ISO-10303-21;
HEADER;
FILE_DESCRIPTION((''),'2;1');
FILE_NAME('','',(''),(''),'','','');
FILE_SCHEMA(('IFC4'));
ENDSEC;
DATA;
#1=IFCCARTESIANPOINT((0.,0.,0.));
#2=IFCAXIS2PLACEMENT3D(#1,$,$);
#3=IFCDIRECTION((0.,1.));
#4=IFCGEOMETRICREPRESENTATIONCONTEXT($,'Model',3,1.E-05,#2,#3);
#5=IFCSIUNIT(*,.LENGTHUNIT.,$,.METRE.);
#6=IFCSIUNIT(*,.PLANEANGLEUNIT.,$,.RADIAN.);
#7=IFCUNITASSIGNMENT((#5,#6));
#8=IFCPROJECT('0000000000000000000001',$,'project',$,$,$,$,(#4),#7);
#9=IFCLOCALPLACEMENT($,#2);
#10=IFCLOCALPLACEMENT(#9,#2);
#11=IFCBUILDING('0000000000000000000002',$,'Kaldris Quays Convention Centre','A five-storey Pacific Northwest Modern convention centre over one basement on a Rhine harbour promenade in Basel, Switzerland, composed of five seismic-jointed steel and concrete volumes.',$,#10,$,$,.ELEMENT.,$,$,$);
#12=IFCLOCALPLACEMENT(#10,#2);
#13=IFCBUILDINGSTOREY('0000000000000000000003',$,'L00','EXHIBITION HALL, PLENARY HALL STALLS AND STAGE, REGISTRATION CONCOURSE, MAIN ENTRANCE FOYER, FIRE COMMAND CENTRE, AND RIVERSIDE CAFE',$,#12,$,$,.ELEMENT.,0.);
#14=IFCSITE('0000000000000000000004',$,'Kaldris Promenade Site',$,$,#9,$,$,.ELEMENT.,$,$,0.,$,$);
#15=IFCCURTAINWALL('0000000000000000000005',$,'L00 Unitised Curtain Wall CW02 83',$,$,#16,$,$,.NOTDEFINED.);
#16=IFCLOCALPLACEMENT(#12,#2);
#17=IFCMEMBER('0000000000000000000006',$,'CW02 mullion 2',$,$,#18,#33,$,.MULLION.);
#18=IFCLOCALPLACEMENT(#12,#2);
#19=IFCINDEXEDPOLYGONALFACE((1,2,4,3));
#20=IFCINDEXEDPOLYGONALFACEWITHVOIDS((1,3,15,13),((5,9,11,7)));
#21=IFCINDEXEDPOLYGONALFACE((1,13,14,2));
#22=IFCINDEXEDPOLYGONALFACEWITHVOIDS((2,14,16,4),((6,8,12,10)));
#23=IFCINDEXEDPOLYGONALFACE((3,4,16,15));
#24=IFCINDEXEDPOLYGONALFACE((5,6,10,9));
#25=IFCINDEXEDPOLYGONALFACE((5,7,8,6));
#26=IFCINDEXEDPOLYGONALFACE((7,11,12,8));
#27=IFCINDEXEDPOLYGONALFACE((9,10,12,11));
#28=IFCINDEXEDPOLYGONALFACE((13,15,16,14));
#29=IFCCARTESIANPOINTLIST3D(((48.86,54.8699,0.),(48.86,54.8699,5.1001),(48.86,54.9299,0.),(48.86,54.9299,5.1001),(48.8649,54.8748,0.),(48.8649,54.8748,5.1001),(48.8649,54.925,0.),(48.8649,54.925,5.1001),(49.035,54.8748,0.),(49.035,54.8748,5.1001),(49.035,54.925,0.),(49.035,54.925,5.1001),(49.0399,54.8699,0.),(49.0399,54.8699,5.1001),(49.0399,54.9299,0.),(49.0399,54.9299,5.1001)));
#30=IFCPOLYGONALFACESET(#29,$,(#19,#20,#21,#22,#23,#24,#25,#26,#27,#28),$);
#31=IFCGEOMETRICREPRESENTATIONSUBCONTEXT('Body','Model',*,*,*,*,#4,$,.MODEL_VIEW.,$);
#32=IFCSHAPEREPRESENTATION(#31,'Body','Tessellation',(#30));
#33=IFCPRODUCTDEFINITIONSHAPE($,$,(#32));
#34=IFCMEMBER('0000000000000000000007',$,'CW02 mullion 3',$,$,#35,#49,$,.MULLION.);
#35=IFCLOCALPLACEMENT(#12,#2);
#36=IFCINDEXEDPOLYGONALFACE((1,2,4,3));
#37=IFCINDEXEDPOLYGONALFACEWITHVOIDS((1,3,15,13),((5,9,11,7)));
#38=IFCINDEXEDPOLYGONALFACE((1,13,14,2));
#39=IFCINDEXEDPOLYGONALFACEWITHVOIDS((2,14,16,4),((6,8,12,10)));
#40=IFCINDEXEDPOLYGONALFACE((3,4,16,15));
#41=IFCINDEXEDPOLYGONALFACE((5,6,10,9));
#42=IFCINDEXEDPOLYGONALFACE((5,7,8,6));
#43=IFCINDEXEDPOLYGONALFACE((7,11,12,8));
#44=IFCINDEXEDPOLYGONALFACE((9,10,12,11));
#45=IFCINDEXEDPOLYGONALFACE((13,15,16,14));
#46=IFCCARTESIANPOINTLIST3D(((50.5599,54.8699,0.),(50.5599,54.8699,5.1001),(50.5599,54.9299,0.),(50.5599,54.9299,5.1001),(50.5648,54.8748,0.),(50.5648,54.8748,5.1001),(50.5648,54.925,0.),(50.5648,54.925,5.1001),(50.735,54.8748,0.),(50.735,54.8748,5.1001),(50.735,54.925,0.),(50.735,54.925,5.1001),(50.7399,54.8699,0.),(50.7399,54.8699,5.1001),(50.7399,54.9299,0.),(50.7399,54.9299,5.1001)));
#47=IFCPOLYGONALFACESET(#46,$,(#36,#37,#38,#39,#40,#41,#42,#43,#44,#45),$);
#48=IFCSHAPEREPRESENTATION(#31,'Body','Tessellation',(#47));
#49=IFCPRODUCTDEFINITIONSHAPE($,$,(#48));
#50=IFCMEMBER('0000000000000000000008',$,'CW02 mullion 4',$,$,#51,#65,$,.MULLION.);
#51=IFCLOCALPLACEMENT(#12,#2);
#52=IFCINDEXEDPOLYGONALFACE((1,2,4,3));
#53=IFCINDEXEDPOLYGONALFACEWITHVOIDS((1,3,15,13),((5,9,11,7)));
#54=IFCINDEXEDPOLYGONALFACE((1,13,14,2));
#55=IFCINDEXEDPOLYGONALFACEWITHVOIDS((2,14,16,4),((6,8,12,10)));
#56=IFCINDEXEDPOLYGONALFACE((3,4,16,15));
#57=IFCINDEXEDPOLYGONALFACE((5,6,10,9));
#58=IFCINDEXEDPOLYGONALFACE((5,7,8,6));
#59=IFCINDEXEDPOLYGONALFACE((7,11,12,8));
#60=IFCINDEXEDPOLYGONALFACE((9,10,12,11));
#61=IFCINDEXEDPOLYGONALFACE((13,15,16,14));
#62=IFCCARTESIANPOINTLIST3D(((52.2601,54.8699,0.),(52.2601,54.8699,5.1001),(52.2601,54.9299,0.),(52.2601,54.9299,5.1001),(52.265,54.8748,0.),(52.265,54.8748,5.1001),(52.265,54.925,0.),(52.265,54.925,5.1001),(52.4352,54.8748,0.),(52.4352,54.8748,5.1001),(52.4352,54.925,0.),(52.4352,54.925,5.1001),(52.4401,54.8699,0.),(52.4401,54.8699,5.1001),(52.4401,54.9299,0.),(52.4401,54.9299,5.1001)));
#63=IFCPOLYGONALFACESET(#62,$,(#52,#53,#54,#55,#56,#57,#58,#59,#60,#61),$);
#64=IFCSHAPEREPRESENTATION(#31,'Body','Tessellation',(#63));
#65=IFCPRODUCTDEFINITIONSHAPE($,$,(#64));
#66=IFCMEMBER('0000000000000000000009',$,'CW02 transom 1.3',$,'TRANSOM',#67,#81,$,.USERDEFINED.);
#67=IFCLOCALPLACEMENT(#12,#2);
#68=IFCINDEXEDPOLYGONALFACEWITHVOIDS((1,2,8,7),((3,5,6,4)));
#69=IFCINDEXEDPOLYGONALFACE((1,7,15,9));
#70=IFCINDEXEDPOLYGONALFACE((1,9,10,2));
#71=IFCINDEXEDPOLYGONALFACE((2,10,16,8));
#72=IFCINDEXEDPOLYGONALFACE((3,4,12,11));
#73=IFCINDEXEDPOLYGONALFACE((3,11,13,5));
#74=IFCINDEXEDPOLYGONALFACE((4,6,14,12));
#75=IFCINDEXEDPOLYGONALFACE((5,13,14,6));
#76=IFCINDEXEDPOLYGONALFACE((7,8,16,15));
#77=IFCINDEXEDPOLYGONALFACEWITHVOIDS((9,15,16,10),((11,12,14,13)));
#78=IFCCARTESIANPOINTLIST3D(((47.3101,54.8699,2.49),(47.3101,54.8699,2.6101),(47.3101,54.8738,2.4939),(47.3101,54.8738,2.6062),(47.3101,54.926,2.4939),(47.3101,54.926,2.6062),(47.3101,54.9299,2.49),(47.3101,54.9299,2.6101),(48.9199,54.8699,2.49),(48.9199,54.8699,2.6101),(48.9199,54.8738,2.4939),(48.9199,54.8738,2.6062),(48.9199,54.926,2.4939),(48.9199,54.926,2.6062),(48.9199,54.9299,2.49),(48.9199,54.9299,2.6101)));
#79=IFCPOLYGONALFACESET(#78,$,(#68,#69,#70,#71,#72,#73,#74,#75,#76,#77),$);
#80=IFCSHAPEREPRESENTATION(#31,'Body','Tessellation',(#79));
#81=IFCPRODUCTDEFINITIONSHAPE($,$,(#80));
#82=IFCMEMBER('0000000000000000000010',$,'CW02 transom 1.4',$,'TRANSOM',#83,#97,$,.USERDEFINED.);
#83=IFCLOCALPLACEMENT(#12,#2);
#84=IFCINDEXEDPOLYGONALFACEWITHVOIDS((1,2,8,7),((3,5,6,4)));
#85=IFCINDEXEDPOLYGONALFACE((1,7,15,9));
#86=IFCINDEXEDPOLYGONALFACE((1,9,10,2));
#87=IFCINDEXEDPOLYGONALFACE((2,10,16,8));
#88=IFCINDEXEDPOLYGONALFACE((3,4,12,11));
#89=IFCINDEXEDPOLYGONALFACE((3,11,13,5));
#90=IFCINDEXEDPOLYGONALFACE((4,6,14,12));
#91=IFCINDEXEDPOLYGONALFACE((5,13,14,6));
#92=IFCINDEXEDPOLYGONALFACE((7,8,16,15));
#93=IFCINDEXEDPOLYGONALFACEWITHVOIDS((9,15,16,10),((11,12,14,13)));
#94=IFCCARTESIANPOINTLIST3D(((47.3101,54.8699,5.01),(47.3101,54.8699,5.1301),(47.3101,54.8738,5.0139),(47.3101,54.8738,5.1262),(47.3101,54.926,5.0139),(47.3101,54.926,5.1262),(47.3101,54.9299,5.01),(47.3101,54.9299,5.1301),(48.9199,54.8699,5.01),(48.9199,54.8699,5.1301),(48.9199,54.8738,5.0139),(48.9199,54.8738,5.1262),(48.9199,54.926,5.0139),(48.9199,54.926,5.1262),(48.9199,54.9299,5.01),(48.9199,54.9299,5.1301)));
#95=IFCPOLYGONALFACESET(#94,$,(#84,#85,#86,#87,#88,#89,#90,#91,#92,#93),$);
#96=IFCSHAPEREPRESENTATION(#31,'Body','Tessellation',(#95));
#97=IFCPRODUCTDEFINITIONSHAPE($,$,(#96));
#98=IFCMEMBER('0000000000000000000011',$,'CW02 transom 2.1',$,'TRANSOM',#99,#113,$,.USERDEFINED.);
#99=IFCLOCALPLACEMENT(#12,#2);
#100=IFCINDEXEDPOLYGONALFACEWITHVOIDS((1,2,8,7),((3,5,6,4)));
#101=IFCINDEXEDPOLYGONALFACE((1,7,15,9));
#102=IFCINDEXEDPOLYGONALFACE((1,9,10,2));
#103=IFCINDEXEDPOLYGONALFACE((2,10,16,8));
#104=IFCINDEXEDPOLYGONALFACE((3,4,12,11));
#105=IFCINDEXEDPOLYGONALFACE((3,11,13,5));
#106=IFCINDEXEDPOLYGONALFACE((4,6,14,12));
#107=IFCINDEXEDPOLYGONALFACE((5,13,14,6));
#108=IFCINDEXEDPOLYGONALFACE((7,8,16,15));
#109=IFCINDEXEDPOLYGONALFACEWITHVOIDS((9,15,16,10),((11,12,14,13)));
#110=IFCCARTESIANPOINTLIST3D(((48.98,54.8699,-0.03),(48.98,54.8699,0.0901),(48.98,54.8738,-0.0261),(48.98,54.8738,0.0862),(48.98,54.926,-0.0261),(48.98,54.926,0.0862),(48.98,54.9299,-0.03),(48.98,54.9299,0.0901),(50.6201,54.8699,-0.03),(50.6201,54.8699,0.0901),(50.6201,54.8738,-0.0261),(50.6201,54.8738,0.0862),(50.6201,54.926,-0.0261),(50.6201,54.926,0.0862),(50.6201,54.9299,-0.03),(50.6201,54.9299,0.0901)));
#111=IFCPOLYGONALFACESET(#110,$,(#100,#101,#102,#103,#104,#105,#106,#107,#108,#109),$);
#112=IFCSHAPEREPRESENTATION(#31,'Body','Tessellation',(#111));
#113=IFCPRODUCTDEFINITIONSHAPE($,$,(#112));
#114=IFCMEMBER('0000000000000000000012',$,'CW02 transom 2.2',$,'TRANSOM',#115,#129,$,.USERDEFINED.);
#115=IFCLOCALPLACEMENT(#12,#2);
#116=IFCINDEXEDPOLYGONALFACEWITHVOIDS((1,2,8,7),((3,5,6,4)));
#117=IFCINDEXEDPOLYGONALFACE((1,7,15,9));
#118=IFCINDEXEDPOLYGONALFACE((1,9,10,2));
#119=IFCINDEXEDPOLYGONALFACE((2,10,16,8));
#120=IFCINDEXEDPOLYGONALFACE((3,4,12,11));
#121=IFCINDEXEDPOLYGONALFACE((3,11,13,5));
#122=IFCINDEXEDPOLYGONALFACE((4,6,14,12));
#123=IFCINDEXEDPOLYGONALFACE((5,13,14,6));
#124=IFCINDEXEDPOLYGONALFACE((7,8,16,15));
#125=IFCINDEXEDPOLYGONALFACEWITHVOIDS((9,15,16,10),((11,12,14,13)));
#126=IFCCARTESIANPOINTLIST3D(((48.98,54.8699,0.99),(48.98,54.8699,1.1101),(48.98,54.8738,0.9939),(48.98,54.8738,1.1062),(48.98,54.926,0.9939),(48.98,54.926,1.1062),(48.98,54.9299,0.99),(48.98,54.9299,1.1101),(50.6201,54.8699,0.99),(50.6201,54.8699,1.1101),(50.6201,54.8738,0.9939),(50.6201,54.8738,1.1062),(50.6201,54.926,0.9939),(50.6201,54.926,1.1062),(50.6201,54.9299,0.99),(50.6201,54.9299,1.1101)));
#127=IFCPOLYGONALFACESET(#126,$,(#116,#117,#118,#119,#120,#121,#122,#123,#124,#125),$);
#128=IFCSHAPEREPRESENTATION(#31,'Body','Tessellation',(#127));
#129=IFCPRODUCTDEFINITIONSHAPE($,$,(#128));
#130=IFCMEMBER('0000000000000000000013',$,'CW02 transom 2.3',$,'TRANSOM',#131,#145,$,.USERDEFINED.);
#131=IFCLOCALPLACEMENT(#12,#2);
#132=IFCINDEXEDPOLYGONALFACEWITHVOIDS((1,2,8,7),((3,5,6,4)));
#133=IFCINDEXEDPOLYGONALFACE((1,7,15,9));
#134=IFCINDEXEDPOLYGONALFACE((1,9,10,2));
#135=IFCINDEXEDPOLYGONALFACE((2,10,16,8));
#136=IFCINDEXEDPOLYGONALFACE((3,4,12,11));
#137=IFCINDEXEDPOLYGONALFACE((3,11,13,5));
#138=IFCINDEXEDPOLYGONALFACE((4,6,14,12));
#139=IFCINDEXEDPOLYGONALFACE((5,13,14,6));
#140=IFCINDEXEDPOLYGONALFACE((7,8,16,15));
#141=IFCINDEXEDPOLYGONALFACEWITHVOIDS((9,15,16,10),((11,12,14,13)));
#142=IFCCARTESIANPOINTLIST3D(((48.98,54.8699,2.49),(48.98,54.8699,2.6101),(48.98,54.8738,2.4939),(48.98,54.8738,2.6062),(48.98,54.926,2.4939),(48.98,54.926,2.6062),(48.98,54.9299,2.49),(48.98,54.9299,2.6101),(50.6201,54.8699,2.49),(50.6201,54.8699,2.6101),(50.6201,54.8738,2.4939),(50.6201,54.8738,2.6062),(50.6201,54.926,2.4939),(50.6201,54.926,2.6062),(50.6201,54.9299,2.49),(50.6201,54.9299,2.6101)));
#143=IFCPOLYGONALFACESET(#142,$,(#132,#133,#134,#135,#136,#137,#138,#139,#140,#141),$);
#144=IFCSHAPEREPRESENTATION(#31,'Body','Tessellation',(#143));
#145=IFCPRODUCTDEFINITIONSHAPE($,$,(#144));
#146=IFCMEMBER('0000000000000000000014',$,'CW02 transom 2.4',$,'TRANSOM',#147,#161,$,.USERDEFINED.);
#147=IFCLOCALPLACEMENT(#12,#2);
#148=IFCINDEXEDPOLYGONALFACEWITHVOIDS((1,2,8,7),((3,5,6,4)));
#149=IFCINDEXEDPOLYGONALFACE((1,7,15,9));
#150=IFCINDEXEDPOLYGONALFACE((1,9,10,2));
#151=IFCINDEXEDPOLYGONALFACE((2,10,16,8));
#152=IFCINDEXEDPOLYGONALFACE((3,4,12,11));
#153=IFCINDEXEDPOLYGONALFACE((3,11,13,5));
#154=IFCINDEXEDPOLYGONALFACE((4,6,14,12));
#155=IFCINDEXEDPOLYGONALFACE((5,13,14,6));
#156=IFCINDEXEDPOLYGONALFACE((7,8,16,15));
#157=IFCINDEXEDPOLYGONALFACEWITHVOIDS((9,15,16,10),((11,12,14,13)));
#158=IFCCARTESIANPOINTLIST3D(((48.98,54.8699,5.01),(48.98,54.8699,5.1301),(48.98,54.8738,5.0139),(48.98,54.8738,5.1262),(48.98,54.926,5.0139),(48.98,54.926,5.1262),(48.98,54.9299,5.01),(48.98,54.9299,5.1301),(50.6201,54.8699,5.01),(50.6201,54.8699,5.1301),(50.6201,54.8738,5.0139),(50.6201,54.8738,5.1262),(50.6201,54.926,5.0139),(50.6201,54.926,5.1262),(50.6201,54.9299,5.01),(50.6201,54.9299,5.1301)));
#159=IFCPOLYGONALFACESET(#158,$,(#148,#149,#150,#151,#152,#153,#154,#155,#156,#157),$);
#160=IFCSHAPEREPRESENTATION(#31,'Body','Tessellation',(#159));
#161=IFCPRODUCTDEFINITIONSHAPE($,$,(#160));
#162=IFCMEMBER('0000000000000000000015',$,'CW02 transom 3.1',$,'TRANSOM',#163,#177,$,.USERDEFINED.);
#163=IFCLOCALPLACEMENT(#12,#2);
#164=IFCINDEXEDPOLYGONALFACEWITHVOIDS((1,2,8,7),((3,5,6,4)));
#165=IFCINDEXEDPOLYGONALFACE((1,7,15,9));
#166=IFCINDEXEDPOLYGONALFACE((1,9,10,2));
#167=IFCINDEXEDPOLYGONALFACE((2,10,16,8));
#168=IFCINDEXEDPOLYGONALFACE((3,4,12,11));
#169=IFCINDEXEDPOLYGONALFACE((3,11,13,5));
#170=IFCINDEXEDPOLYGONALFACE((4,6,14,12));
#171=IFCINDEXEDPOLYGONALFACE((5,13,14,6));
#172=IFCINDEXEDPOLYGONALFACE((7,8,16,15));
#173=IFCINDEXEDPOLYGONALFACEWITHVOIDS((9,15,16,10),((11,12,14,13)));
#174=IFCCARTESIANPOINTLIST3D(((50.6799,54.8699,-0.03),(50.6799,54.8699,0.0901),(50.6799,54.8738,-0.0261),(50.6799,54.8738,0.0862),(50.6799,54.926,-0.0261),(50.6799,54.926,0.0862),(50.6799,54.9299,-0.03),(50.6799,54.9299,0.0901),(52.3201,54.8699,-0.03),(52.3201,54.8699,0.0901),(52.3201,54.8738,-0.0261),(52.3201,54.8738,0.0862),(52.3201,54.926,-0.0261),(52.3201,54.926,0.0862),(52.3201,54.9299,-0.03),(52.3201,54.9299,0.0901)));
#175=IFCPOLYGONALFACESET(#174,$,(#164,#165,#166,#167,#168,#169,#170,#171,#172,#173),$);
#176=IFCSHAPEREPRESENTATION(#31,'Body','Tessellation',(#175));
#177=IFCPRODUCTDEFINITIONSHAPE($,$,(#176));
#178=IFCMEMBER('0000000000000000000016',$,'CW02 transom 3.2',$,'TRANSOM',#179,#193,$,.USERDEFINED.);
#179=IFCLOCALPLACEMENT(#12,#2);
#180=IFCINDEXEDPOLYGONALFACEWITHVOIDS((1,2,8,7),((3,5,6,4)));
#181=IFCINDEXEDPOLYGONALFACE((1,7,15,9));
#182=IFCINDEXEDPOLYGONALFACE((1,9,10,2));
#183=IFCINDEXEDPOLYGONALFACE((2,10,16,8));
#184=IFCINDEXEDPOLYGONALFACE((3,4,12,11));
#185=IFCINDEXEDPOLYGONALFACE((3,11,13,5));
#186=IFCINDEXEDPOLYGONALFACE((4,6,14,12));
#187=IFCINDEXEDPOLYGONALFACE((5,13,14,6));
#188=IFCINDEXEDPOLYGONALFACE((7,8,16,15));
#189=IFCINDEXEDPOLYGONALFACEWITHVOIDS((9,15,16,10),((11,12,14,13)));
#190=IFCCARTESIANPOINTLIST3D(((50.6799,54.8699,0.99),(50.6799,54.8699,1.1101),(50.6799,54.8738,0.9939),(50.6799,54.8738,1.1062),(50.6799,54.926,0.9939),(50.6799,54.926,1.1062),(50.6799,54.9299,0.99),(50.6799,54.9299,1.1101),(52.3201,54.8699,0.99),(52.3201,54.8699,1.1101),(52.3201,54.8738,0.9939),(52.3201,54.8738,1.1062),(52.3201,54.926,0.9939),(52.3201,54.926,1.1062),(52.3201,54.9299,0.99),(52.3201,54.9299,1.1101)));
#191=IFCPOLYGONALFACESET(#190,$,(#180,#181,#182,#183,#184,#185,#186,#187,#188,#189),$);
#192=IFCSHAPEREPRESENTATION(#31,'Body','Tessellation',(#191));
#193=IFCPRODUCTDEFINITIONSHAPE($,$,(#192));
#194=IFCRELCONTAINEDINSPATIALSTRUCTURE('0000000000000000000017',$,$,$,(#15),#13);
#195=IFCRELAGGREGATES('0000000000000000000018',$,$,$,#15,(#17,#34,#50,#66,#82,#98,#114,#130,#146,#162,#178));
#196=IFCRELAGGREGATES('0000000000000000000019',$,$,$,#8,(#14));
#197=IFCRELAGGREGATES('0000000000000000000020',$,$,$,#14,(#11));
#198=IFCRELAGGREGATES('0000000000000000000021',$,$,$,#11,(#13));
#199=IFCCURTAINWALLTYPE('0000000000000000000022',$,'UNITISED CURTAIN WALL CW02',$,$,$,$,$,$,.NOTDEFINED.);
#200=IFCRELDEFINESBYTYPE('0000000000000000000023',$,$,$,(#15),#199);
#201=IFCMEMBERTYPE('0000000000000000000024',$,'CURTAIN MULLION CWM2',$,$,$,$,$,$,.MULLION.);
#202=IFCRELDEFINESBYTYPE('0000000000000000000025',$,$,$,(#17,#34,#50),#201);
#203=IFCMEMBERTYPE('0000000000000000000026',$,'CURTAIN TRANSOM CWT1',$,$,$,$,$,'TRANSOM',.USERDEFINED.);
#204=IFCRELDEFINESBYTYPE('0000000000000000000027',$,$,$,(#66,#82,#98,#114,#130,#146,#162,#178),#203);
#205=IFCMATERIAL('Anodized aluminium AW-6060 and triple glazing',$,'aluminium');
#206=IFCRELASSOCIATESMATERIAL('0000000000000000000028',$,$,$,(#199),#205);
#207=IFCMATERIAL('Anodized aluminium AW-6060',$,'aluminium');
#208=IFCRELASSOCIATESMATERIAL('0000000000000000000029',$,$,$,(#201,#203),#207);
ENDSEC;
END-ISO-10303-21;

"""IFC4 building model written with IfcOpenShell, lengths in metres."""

from ifc_helpers import new_model, si_unit, direction, frame, origin, origin_2d, place, context, subcontext, project, spatial, hollow_rectangle, extrude, material, material_profile, profile_set, type_object, element, aggregate, save


model = new_model("IFC4")

# Units and contexts
model_context = context("Model", 3, precision=1e-05, world=origin(), true_north=direction((0.0, 1.0)))
body_context = subcontext(model_context, "Body", "Model", "MODEL_VIEW")
ifc_project = project(units=[si_unit("LENGTHUNIT", "METRE"), si_unit("PLANEANGLEUNIT", "RADIAN")], contexts=[model_context])

# Site, building, storey
site_placement = place(None, origin())
site = spatial("IfcSite", under=ifc_project, at=site_placement, Name="Kaldris Promenade Site", CompositionType="ELEMENT", RefElevation=0.0)
building_placement = place(site_placement, origin())
building = spatial("IfcBuilding", under=site, at=building_placement, Name="Kaldris Quays Convention Centre", Description="A five-storey Pacific Northwest Modern convention centre over one basement on a Rhine harbour promenade in Basel, Switzerland, composed of five seismic-jointed steel and concrete volumes.", CompositionType="ELEMENT")
storey_placement = place(building_placement, origin())
storey = spatial("IfcBuildingStorey", under=building, at=storey_placement, Name="L00", Description="EXHIBITION HALL, PLENARY HALL STALLS AND STAGE, REGISTRATION CONCOURSE, MAIN ENTRANCE FOYER, FIRE COMMAND CENTRE, AND RIVERSIDE CAFE", CompositionType="ELEMENT", Elevation=0.0)

# Curtain wall, members
ifc_material_1 = material(Name="Anodized aluminium AW-6060 and triple glazing", Category="aluminium")
curtain_wall_type = type_object("IfcCurtainWallType", Name="UNITISED CURTAIN WALL CW02", PredefinedType="NOTDEFINED", material=ifc_material_1)
curtain_wall_placement = place(storey_placement, origin())
curtain_wall = element("IfcCurtainWall", 1, at=curtain_wall_placement, inside=storey, type_object=curtain_wall_type, Name="L00 Unitised Curtain Wall CW02 83", PredefinedType="NOTDEFINED")
ifc_material_2 = material(Name="Anodized aluminium AW-6060", Category="aluminium")
ifc_material_profile_1 = material_profile(ifc_material_2, hollow_rectangle(XDim=0.0601, YDim=0.1799, WallThickness=0.0049, at=origin_2d()), Name="RHS 180x60x5")
ifc_profile_set_1 = profile_set([ifc_material_profile_1], Name="Anodized aluminium AW-6060")
member_type_1 = type_object("IfcMemberType", Name="CURTAIN MULLION CWM2", PredefinedType="MULLION", material=ifc_profile_set_1)
member_1_placement = place(storey_placement, frame((48.95, 54.8999, 0.0), z_axis=(0.0, 0.0, 1.0), x_axis=(0.0, 1.0, 0.0)))
member_1 = element("IfcMember", 2, at=member_1_placement, type_object=member_type_1, Name="CW02 mullion 2", PredefinedType="MULLION", context=body_context, shape_type="SweptSolid", body=[
    extrude(hollow_rectangle(XDim=0.0601, YDim=0.1799, WallThickness=0.0049, at=origin_2d()), origin(), (0.0, 0.0, 1.0), 5.1001),
])
member_2_placement = place(storey_placement, frame((50.6499, 54.8999, 0.0), z_axis=(0.0, 0.0, 1.0), x_axis=(0.0, 1.0, 0.0)))
member_2 = element("IfcMember", 3, at=member_2_placement, type_object=member_type_1, Name="CW02 mullion 3", PredefinedType="MULLION", context=body_context, shape_type="SweptSolid", body=[
    extrude(hollow_rectangle(XDim=0.0601, YDim=0.1799, WallThickness=0.0049, at=origin_2d()), origin(), (0.0, 0.0, 1.0), 5.1001),
])
member_3_placement = place(storey_placement, frame((52.3501, 54.8999, 0.0), z_axis=(0.0, 0.0, 1.0), x_axis=(0.0, 1.0, 0.0)))
member_3 = element("IfcMember", 4, at=member_3_placement, type_object=member_type_1, Name="CW02 mullion 4", PredefinedType="MULLION", context=body_context, shape_type="SweptSolid", body=[
    extrude(hollow_rectangle(XDim=0.0601, YDim=0.1799, WallThickness=0.0049, at=origin_2d()), origin(), (0.0, 0.0, 1.0), 5.1001),
])
ifc_material_profile_2 = material_profile(ifc_material_2, hollow_rectangle(XDim=0.0601, YDim=0.1201, WallThickness=0.0039, at=origin_2d()), Name="RHS 120x60x4")
ifc_profile_set_2 = profile_set([ifc_material_profile_2], Name="Anodized aluminium AW-6060")
member_type_2 = type_object("IfcMemberType", Name="CURTAIN TRANSOM CWT1", ElementType="TRANSOM", PredefinedType="USERDEFINED", material=ifc_profile_set_2)
member_4_placement = place(storey_placement, frame((47.3101, 54.8999, 2.55), z_axis=(1.0, 0.0, 0.0), x_axis=(0.0, 1.0, 0.0)))
member_4 = element("IfcMember", 5, at=member_4_placement, type_object=member_type_2, Name="CW02 transom 1.3", ObjectType="TRANSOM", PredefinedType="USERDEFINED", context=body_context, shape_type="SweptSolid", body=[
    extrude(hollow_rectangle(XDim=0.0601, YDim=0.1201, WallThickness=0.0039, at=origin_2d()), origin(), (0.0, 0.0, 1.0), 1.6099),
])
member_5_placement = place(storey_placement, frame((47.3101, 54.8999, 5.0701), z_axis=(1.0, 0.0, 0.0), x_axis=(0.0, 1.0, 0.0)))
member_5 = element("IfcMember", 6, at=member_5_placement, type_object=member_type_2, Name="CW02 transom 1.4", ObjectType="TRANSOM", PredefinedType="USERDEFINED", context=body_context, shape_type="SweptSolid", body=[
    extrude(hollow_rectangle(XDim=0.0601, YDim=0.1201, WallThickness=0.0039, at=origin_2d()), origin(), (0.0, 0.0, 1.0), 1.6099),
])
member_6_placement = place(storey_placement, frame((48.98, 54.8999, 0.03), z_axis=(1.0, 0.0, 0.0), x_axis=(0.0, 1.0, 0.0)))
member_6 = element("IfcMember", 7, at=member_6_placement, type_object=member_type_2, Name="CW02 transom 2.1", ObjectType="TRANSOM", PredefinedType="USERDEFINED", context=body_context, shape_type="SweptSolid", body=[
    extrude(hollow_rectangle(XDim=0.0601, YDim=0.1201, WallThickness=0.0039, at=origin_2d()), origin(), (0.0, 0.0, 1.0), 1.6401),
])
member_7_placement = place(storey_placement, frame((48.98, 54.8999, 1.05), z_axis=(1.0, 0.0, 0.0), x_axis=(0.0, 1.0, 0.0)))
member_7 = element("IfcMember", 8, at=member_7_placement, type_object=member_type_2, Name="CW02 transom 2.2", ObjectType="TRANSOM", PredefinedType="USERDEFINED", context=body_context, shape_type="SweptSolid", body=[
    extrude(hollow_rectangle(XDim=0.0601, YDim=0.1201, WallThickness=0.0039, at=origin_2d()), origin(), (0.0, 0.0, 1.0), 1.6401),
])
member_8_placement = place(storey_placement, frame((48.98, 54.8999, 2.55), z_axis=(1.0, 0.0, 0.0), x_axis=(0.0, 1.0, 0.0)))
member_8 = element("IfcMember", 9, at=member_8_placement, type_object=member_type_2, Name="CW02 transom 2.3", ObjectType="TRANSOM", PredefinedType="USERDEFINED", context=body_context, shape_type="SweptSolid", body=[
    extrude(hollow_rectangle(XDim=0.0601, YDim=0.1201, WallThickness=0.0039, at=origin_2d()), origin(), (0.0, 0.0, 1.0), 1.6401),
])
member_9_placement = place(storey_placement, frame((48.98, 54.8999, 5.0701), z_axis=(1.0, 0.0, 0.0), x_axis=(0.0, 1.0, 0.0)))
member_9 = element("IfcMember", 10, at=member_9_placement, type_object=member_type_2, Name="CW02 transom 2.4", ObjectType="TRANSOM", PredefinedType="USERDEFINED", context=body_context, shape_type="SweptSolid", body=[
    extrude(hollow_rectangle(XDim=0.0601, YDim=0.1201, WallThickness=0.0039, at=origin_2d()), origin(), (0.0, 0.0, 1.0), 1.6401),
])
member_10_placement = place(storey_placement, frame((50.6799, 54.8999, 0.03), z_axis=(1.0, 0.0, 0.0), x_axis=(0.0, 1.0, 0.0)))
member_10 = element("IfcMember", 11, at=member_10_placement, type_object=member_type_2, Name="CW02 transom 3.1", ObjectType="TRANSOM", PredefinedType="USERDEFINED", context=body_context, shape_type="SweptSolid", body=[
    extrude(hollow_rectangle(XDim=0.0601, YDim=0.1201, WallThickness=0.0039, at=origin_2d()), origin(), (0.0, 0.0, 1.0), 1.6401),
])
member_11_placement = place(storey_placement, frame((50.6799, 54.8999, 1.05), z_axis=(1.0, 0.0, 0.0), x_axis=(0.0, 1.0, 0.0)))
member_11 = element("IfcMember", 12, at=member_11_placement, type_object=member_type_2, Name="CW02 transom 3.2", ObjectType="TRANSOM", PredefinedType="USERDEFINED", context=body_context, shape_type="SweptSolid", body=[
    extrude(hollow_rectangle(XDim=0.0601, YDim=0.1201, WallThickness=0.0039, at=origin_2d()), origin(), (0.0, 0.0, 1.0), 1.6401),
])
aggregate(curtain_wall, [member_1, member_2, member_3, member_4, member_5, member_6, member_7, member_8, member_9, member_10, member_11])

save(model, "model.ifc")
